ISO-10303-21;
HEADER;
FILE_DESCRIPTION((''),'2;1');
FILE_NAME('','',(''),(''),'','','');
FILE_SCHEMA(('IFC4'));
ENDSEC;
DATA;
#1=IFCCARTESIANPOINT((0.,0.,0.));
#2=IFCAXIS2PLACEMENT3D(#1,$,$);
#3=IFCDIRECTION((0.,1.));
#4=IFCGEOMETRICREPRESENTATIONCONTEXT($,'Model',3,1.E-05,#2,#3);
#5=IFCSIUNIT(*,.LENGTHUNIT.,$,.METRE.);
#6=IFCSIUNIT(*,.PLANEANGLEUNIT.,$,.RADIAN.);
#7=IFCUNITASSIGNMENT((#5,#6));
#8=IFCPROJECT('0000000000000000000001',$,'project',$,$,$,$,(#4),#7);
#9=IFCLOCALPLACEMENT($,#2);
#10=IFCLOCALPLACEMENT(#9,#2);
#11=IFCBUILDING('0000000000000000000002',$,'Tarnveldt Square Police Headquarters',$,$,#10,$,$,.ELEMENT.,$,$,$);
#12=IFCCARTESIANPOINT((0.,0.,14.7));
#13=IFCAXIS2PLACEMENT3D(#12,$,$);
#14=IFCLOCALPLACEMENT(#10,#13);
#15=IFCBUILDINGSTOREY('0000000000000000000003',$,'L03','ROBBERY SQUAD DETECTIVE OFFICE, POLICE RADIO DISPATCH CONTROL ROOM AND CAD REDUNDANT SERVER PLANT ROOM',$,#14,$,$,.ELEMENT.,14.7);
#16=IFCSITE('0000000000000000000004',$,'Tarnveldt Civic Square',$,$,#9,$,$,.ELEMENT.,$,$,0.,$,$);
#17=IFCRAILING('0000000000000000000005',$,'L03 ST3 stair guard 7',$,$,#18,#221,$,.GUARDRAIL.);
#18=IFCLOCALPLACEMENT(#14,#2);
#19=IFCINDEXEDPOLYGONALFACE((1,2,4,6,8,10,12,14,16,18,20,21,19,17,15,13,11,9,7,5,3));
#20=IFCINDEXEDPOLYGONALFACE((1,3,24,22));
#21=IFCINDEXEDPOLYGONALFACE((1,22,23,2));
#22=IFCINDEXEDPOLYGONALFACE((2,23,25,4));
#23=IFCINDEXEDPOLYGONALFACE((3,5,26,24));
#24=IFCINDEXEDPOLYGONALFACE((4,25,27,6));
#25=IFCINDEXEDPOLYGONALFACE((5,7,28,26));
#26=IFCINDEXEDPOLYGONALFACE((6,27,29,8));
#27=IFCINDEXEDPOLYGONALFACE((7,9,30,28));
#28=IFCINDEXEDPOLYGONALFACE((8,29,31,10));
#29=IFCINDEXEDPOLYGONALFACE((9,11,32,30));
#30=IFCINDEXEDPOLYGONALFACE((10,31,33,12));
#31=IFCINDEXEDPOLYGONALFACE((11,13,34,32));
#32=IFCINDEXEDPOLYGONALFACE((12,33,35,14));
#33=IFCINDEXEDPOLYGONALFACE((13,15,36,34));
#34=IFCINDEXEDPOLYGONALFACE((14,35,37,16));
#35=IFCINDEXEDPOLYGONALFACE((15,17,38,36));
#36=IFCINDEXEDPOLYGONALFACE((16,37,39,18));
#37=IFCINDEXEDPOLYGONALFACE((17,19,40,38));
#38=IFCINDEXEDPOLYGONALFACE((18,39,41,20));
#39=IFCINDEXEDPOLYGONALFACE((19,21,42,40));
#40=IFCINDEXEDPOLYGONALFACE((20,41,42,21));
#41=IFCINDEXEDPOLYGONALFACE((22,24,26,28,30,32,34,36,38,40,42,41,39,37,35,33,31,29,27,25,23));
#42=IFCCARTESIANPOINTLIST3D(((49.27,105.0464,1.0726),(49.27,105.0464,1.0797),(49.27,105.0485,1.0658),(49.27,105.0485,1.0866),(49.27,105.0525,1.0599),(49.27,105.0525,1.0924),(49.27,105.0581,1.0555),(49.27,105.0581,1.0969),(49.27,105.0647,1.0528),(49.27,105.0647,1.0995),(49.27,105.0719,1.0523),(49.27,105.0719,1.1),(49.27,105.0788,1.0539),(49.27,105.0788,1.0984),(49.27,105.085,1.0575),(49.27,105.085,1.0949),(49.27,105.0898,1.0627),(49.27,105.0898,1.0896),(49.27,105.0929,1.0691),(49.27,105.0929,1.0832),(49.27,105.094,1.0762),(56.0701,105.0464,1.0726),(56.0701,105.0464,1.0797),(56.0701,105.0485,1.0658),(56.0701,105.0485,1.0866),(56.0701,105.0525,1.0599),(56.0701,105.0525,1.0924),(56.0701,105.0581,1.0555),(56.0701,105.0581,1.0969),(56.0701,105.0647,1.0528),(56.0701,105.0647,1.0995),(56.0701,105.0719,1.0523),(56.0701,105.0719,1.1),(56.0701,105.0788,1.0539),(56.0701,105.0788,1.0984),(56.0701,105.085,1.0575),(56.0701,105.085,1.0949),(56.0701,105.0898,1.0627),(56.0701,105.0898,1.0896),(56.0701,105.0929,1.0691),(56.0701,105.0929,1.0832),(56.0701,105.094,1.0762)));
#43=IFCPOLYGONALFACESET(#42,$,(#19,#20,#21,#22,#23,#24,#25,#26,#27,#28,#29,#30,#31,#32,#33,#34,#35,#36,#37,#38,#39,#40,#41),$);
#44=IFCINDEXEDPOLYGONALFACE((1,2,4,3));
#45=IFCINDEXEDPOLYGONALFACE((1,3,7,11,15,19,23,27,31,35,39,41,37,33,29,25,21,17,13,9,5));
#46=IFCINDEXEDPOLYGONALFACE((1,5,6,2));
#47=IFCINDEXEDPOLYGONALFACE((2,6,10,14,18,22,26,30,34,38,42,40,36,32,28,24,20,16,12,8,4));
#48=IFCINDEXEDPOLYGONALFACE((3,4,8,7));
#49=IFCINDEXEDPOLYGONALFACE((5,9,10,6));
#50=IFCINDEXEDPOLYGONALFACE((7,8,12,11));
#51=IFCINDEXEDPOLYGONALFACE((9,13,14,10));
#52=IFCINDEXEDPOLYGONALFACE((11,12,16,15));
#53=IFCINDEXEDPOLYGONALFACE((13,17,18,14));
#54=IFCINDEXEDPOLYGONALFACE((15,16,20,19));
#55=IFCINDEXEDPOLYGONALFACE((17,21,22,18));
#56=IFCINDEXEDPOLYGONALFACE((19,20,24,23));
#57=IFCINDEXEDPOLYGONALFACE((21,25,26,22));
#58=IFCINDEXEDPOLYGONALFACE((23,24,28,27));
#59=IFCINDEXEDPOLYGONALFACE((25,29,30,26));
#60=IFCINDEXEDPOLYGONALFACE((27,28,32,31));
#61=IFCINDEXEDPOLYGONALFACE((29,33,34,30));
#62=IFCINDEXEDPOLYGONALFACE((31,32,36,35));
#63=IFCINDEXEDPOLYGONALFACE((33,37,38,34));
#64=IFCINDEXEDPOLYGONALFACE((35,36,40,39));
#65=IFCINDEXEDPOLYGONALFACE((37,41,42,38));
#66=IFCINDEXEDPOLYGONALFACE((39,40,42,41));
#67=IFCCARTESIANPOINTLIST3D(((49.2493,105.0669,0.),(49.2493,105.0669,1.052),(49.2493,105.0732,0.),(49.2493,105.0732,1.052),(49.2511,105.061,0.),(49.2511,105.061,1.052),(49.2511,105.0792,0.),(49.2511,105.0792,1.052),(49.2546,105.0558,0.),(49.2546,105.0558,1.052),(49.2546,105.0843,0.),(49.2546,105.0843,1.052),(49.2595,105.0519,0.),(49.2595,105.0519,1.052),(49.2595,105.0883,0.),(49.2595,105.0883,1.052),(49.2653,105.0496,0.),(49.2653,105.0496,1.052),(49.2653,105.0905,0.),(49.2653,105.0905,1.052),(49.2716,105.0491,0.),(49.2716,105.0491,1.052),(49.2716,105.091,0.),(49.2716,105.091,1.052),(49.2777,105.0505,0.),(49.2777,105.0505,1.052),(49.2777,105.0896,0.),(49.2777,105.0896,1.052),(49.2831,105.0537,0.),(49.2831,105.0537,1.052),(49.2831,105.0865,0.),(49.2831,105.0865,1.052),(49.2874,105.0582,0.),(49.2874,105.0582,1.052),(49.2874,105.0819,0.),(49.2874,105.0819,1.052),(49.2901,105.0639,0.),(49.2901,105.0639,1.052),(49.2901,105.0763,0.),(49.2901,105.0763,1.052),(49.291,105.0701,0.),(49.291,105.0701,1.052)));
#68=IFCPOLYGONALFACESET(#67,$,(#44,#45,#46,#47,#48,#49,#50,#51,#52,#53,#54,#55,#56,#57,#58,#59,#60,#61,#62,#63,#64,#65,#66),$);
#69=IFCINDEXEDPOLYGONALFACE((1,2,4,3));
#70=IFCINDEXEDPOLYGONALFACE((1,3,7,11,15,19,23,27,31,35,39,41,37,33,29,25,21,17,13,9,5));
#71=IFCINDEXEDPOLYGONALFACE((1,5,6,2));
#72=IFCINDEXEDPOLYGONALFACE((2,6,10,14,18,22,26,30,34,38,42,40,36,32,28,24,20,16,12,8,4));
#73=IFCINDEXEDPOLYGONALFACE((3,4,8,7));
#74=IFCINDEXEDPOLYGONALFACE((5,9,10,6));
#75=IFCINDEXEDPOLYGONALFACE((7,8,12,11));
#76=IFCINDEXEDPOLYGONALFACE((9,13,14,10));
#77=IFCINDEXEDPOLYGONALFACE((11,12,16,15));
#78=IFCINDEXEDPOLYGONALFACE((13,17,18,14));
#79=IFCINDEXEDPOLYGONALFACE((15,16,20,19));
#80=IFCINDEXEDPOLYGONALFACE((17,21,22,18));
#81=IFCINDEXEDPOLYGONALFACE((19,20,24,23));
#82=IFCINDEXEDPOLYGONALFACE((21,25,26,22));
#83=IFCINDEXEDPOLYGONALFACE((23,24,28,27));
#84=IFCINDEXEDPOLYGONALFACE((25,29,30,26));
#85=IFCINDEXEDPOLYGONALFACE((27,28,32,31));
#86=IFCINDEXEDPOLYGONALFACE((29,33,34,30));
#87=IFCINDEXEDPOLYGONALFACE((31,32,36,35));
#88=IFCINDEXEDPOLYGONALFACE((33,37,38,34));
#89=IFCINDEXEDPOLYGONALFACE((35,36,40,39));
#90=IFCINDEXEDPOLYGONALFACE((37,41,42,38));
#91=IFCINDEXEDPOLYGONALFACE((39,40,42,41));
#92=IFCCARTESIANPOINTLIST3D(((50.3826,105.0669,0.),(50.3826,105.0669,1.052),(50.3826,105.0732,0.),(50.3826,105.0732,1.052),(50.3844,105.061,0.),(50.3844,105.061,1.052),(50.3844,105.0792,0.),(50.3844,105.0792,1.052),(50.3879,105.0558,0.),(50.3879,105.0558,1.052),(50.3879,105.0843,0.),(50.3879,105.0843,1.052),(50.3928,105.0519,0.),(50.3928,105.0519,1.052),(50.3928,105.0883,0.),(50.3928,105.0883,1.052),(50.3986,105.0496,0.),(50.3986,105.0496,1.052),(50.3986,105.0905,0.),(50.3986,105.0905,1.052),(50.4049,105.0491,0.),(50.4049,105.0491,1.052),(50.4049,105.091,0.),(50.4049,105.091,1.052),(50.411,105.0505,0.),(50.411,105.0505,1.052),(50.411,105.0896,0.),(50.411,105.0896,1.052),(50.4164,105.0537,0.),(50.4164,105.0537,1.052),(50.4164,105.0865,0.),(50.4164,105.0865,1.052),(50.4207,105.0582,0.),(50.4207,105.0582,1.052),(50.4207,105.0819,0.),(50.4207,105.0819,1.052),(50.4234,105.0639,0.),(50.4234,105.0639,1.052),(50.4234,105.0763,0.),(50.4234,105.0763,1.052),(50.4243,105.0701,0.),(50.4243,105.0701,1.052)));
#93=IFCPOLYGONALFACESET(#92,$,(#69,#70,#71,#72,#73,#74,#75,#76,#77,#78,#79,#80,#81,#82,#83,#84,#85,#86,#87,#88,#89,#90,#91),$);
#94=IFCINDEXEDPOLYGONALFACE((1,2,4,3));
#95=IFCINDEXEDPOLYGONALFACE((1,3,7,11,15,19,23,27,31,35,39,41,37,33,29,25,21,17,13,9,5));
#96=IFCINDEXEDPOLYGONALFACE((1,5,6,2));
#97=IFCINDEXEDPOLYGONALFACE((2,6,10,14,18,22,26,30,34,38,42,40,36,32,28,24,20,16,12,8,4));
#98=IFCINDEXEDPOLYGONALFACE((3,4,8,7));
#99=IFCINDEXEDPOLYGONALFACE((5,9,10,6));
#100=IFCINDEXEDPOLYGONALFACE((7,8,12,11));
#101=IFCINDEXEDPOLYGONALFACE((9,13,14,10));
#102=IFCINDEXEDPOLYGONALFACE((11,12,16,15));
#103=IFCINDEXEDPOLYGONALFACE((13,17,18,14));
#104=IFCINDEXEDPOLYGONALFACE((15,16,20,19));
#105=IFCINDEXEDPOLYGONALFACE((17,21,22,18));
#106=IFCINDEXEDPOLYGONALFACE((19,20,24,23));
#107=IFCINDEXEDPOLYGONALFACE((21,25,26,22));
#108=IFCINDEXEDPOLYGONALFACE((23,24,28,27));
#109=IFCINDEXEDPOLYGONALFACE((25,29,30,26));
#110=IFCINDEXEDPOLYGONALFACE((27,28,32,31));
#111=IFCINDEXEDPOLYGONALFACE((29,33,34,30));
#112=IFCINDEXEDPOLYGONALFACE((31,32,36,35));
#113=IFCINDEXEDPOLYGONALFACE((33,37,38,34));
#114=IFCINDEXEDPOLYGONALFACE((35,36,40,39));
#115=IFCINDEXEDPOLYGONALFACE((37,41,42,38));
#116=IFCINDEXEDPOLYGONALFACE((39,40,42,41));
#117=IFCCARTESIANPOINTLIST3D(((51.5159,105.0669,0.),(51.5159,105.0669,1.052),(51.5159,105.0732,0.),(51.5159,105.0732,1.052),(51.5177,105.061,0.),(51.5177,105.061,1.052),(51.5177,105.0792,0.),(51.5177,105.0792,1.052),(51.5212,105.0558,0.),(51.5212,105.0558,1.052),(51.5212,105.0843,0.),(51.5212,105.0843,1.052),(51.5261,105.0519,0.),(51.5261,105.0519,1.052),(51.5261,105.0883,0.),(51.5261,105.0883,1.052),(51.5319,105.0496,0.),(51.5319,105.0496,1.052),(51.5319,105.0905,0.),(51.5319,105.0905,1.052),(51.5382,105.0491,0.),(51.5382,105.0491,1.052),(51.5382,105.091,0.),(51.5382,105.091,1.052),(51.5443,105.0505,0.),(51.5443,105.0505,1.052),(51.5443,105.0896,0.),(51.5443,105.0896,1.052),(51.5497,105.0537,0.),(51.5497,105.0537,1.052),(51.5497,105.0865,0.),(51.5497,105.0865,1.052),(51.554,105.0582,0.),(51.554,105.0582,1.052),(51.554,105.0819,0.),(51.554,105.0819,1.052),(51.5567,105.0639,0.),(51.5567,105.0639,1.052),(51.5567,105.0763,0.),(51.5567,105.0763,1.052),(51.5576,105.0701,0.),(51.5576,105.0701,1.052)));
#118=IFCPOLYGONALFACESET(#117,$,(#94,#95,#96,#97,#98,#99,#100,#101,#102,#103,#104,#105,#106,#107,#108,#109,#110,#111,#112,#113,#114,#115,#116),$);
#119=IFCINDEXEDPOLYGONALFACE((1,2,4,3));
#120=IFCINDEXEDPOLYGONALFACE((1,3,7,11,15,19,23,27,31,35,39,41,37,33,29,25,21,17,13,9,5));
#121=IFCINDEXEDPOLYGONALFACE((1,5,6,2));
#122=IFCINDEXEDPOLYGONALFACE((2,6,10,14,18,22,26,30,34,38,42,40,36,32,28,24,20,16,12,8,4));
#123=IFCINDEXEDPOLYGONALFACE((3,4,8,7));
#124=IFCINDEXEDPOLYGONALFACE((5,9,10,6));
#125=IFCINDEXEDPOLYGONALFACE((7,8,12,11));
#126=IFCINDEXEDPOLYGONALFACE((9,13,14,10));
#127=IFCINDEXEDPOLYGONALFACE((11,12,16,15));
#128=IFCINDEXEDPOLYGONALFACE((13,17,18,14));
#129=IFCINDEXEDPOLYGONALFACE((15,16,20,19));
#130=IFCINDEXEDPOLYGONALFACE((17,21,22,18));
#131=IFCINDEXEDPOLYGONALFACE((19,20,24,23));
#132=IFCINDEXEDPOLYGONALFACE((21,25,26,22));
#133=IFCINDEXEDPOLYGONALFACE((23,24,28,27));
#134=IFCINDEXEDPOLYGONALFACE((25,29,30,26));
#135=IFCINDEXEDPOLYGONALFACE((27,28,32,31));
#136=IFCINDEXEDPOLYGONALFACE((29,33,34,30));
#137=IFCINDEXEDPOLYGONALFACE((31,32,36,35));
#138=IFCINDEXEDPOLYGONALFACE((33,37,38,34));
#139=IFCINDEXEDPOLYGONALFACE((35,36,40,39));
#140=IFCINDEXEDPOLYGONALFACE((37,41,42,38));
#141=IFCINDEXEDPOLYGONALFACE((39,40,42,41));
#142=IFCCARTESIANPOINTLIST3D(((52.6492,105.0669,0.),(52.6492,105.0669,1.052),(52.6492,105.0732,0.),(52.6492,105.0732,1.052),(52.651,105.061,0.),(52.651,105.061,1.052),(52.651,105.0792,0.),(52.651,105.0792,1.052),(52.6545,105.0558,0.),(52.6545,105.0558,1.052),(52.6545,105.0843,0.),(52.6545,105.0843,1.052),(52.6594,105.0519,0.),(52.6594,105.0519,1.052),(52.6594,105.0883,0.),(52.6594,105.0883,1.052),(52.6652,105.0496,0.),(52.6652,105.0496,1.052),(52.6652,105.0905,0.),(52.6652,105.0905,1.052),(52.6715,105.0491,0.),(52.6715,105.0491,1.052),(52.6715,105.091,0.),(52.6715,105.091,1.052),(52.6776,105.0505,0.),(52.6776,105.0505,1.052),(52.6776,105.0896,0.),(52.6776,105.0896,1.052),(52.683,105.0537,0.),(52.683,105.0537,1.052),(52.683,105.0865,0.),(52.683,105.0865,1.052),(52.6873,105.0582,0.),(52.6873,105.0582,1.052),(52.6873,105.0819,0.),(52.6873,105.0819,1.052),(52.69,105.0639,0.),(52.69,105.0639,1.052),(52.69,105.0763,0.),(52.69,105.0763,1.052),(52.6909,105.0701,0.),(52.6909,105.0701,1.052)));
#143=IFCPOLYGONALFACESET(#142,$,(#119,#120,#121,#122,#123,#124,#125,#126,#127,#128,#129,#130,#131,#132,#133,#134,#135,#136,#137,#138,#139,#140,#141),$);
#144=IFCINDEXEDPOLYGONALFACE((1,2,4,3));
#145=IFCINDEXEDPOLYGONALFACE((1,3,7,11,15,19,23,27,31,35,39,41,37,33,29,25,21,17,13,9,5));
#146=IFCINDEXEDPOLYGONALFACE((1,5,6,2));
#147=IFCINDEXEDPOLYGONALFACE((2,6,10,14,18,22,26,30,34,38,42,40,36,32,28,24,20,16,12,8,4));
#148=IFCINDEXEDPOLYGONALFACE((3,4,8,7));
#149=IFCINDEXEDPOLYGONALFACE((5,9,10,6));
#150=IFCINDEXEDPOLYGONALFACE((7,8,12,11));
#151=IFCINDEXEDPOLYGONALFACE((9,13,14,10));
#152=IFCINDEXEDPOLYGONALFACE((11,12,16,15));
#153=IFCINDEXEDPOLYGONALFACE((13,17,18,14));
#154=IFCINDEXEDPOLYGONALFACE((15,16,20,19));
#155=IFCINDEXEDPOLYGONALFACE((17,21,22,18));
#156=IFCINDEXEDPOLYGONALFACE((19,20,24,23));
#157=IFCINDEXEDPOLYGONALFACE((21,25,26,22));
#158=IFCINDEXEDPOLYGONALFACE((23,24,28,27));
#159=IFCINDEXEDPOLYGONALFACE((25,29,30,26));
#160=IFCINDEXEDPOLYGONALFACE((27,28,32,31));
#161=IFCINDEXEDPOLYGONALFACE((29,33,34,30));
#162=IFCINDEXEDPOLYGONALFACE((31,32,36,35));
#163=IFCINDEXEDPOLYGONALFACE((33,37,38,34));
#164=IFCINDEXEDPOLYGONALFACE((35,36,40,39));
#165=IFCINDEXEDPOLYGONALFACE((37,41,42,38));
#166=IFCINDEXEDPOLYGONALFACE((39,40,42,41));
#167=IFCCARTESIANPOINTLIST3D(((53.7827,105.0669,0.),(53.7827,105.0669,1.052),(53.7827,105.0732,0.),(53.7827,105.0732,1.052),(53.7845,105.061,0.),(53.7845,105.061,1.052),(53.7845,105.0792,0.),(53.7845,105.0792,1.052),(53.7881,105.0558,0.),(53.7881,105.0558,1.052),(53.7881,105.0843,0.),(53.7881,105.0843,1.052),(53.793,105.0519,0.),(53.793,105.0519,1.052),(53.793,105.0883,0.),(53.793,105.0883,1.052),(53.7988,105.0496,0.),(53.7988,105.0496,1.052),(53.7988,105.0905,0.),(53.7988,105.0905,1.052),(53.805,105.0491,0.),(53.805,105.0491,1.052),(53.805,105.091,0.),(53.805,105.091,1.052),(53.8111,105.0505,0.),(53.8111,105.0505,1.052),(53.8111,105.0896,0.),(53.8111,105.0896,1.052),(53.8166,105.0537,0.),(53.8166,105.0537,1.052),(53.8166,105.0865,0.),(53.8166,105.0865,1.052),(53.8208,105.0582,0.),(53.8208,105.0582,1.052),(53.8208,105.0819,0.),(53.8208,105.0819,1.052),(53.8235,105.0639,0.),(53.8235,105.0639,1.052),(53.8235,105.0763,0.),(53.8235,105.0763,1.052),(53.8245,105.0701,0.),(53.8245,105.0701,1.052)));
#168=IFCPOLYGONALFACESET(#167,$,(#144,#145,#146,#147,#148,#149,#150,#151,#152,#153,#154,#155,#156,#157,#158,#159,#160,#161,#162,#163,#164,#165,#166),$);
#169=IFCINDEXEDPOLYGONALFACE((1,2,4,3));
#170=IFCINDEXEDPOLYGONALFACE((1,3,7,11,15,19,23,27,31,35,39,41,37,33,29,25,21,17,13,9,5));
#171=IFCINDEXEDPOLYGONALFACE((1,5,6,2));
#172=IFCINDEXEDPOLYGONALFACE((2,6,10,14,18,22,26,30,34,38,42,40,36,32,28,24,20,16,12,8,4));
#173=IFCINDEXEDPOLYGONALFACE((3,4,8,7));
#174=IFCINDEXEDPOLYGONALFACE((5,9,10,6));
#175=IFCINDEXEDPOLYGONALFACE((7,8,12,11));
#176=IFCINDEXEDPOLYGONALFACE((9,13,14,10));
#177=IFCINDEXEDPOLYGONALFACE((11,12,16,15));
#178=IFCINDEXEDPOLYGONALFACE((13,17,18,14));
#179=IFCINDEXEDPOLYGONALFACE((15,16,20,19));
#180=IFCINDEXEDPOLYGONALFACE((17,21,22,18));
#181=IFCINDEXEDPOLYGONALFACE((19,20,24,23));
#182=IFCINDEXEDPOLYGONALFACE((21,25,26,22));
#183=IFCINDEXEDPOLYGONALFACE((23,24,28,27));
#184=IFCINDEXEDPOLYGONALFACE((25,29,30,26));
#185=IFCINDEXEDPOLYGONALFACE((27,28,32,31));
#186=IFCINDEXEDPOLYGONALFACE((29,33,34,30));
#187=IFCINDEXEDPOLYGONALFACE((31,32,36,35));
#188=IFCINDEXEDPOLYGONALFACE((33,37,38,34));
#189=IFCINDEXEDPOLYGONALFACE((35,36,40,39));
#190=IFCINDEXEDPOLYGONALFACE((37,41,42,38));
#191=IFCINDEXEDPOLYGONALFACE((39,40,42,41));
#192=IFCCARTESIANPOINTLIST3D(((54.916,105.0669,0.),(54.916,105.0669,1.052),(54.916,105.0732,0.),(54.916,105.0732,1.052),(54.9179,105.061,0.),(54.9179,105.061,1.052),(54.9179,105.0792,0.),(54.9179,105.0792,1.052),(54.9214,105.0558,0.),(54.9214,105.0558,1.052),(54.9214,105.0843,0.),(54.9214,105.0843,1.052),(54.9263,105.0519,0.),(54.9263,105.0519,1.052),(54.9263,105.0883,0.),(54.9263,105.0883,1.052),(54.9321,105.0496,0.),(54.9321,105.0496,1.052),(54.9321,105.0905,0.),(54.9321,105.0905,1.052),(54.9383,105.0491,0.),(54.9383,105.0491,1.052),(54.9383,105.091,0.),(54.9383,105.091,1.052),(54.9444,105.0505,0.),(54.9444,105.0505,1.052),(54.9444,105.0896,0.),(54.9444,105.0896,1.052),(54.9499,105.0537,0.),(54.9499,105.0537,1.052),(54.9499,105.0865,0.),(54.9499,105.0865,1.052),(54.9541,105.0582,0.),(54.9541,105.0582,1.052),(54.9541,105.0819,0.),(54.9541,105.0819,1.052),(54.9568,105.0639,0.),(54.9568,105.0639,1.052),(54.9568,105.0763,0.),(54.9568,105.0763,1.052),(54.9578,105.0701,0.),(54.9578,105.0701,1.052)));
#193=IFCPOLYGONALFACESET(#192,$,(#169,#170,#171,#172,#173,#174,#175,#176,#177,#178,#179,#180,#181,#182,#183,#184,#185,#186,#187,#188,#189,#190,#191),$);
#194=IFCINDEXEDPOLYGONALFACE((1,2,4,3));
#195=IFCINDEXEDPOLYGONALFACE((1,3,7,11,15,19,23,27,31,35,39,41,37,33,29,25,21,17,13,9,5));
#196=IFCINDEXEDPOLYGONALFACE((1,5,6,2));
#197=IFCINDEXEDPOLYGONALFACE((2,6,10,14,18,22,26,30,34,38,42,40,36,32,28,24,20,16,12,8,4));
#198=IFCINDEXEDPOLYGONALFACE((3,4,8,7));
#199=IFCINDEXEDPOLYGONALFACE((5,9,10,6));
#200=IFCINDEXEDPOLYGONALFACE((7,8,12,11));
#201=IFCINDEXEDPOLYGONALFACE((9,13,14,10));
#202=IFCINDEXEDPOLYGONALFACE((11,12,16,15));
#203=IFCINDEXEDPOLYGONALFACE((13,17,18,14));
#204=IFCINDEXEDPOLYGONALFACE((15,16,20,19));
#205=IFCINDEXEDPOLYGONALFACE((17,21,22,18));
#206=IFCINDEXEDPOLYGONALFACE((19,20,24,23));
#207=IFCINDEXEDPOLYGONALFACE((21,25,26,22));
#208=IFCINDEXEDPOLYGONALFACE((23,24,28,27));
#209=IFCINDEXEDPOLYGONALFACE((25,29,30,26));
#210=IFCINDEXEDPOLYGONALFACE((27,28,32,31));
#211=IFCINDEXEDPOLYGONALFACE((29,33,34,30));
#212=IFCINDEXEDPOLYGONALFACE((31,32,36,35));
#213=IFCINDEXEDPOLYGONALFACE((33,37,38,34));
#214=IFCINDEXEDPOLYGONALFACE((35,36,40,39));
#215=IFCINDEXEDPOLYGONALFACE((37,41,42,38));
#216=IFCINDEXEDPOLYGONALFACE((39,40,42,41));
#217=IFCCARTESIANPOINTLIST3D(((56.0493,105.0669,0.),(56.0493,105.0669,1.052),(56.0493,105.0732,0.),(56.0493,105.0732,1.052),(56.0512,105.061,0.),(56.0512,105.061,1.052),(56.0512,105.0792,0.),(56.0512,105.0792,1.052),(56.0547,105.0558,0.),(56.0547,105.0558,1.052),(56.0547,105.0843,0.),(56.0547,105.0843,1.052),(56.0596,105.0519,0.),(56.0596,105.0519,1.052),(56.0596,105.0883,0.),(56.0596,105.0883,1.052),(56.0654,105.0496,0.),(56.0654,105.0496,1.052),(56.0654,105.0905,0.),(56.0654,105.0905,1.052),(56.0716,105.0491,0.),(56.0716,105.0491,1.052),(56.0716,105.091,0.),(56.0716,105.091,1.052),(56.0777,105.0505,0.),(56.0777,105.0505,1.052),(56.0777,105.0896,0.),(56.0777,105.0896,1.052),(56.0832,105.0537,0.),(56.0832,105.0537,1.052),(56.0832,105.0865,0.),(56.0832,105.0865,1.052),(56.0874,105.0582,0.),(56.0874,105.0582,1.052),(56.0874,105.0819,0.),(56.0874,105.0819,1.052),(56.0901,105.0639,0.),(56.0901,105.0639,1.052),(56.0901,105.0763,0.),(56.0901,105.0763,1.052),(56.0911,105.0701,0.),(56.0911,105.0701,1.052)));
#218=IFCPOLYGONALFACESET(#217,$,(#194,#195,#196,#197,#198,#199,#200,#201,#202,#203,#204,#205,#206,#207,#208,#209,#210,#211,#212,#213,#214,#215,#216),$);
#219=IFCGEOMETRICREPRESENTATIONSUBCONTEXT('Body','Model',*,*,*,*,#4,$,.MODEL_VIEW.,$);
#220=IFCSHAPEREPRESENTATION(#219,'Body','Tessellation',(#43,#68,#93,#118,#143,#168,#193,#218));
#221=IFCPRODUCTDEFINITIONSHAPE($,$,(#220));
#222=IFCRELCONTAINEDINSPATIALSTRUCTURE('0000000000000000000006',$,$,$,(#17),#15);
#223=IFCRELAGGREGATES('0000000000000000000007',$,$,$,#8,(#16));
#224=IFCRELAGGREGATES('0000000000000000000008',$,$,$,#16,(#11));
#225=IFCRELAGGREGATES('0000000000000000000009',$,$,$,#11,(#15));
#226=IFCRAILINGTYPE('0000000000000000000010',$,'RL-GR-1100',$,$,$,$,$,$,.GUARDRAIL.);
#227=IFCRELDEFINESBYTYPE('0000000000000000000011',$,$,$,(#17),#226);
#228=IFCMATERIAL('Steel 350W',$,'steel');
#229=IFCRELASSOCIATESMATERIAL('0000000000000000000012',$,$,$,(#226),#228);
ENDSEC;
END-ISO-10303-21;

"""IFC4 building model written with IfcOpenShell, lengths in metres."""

from ifc_helpers import new_model, si_unit, direction, frame, origin, origin_2d, place, context, subcontext, project, spatial, circle, extrude, material, type_object, element, save


model = new_model("IFC4")

# Units and contexts
model_context = context("Model", 3, precision=1e-05, world=origin(), true_north=direction((0.0, 1.0)))
body_context = subcontext(model_context, "Body", "Model", "MODEL_VIEW")
ifc_project = project(units=[si_unit("LENGTHUNIT", "METRE"), si_unit("PLANEANGLEUNIT", "RADIAN")], contexts=[model_context])

# Site, building, storey
site_placement = place(None, origin())
site = spatial("IfcSite", under=ifc_project, at=site_placement, Name="Tarnveldt Civic Square", CompositionType="ELEMENT", RefElevation=0.0)
building_placement = place(site_placement, origin())
building = spatial("IfcBuilding", under=site, at=building_placement, Name="Tarnveldt Square Police Headquarters", CompositionType="ELEMENT")
storey_placement = place(building_placement, frame((0.0, 0.0, 14.7)))
storey = spatial("IfcBuildingStorey", under=building, at=storey_placement, Name="L03", Description="ROBBERY SQUAD DETECTIVE OFFICE, POLICE RADIO DISPATCH CONTROL ROOM AND CAD REDUNDANT SERVER PLANT ROOM", CompositionType="ELEMENT", Elevation=14.7)

# Shared definitions
ifc_material_1 = material(Name="Steel 350W", Category="steel")

# Railing
railing_type_1 = type_object("IfcRailingType", Name="RL-GR-1100", PredefinedType="GUARDRAIL", material=ifc_material_1)
railing_1_placement = place(storey_placement, frame((49.27, 105.0701, 0.0)))
element("IfcRailing", 1, at=railing_1_placement, inside=storey, type_object=railing_type_1, Name="L03 ST3 stair guard 7", PredefinedType="GUARDRAIL", context=body_context, shape_type="SweptSolid", body=[
    extrude(circle(Radius=0.0239, at=origin_2d()), frame((0.0, 0.0, 1.0762), z_axis=(1.0, 0.0, 0.0), x_axis=(0.0, 1.0, 0.0)), (0.0, 0.0, 1.0), 6.8),
    extrude(circle(Radius=0.021, at=origin_2d()), origin(), (0.0, 0.0, 1.0), 1.052),
    extrude(circle(Radius=0.021, at=origin_2d()), frame((1.1333, 0.0, 0.0)), (0.0, 0.0, 1.0), 1.052),
    extrude(circle(Radius=0.021, at=origin_2d()), frame((2.2666, 0.0, 0.0)), (0.0, 0.0, 1.0), 1.052),
    extrude(circle(Radius=0.021, at=origin_2d()), frame((3.3999, 0.0, 0.0)), (0.0, 0.0, 1.0), 1.052),
    extrude(circle(Radius=0.021, at=origin_2d()), frame((4.5334, 0.0, 0.0)), (0.0, 0.0, 1.0), 1.052),
    extrude(circle(Radius=0.021, at=origin_2d()), frame((5.6667, 0.0, 0.0)), (0.0, 0.0, 1.0), 1.052),
    extrude(circle(Radius=0.021, at=origin_2d()), frame((6.8, 0.0, 0.0)), (0.0, 0.0, 1.0), 1.052),
])

save(model, "model.ifc")
